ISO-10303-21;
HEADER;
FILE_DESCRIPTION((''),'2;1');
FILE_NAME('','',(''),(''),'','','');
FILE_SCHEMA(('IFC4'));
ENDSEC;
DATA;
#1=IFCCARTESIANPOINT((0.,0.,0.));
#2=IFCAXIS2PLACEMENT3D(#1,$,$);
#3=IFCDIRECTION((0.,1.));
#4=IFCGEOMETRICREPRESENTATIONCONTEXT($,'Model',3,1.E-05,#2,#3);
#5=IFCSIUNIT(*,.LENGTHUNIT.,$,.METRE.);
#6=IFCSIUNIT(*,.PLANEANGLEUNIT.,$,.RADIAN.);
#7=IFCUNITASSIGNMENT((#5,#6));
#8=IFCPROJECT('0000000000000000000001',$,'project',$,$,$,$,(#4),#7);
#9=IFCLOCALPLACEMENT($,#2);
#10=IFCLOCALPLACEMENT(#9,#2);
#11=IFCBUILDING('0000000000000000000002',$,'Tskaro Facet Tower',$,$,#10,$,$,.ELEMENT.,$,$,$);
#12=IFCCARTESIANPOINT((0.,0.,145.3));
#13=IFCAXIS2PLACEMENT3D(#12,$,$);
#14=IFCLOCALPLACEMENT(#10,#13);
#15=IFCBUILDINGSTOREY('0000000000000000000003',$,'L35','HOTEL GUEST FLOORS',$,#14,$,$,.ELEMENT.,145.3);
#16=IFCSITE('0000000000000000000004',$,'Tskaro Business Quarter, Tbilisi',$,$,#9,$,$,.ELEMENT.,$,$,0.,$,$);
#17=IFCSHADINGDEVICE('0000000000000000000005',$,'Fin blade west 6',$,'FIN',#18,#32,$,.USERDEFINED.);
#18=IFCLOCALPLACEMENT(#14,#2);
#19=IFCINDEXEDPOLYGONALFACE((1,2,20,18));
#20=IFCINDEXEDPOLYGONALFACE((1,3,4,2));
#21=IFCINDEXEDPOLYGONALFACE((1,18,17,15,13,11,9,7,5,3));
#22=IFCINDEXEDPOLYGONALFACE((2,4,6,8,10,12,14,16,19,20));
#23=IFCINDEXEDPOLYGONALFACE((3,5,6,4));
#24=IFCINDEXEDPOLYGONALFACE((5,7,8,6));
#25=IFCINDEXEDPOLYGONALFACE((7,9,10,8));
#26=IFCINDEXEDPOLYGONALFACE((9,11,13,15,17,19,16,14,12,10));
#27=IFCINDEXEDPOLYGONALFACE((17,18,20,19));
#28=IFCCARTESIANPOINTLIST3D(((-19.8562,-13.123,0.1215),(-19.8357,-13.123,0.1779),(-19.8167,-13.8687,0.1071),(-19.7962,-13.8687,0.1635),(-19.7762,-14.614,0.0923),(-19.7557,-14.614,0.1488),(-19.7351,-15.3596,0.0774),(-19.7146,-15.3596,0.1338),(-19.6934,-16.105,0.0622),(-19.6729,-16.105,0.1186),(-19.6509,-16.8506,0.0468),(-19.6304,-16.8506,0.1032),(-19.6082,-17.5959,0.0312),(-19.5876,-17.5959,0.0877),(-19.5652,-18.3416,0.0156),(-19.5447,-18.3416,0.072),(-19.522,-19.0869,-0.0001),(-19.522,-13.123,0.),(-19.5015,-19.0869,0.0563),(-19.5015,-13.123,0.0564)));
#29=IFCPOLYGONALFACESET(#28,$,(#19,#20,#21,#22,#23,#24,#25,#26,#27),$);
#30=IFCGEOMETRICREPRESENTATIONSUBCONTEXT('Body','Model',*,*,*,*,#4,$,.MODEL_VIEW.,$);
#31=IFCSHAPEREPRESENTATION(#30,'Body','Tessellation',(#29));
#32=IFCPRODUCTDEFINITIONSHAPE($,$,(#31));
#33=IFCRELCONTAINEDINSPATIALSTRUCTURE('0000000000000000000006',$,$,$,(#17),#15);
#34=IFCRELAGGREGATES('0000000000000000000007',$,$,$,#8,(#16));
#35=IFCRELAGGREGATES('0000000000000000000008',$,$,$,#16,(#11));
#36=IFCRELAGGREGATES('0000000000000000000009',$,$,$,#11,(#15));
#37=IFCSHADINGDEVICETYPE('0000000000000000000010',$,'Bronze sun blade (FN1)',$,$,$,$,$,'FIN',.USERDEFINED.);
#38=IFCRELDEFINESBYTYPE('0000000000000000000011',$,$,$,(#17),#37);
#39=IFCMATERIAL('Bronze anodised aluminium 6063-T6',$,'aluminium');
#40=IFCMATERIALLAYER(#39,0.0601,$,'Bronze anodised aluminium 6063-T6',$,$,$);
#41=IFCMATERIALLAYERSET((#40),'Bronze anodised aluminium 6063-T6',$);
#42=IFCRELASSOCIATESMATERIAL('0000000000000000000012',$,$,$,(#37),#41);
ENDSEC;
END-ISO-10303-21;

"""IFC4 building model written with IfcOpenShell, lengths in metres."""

from ifc_helpers import new_model, si_unit, direction, frame, origin, place, context, subcontext, project, spatial, polyline, outline, extrude, material, layer, layer_set, type_object, element, save


model = new_model("IFC4")

# Units and contexts
model_context = context("Model", 3, precision=1e-05, world=origin(), true_north=direction((0.0, 1.0)))
body_context = subcontext(model_context, "Body", "Model", "MODEL_VIEW")
ifc_project = project(units=[si_unit("LENGTHUNIT", "METRE"), si_unit("PLANEANGLEUNIT", "RADIAN")], contexts=[model_context])

# Site, building, storey
site_placement = place(None, origin())
site = spatial("IfcSite", under=ifc_project, at=site_placement, Name="Tskaro Business Quarter, Tbilisi", CompositionType="ELEMENT", RefElevation=0.0)
building_placement = place(site_placement, origin())
building = spatial("IfcBuilding", under=site, at=building_placement, Name="Tskaro Facet Tower", CompositionType="ELEMENT")
storey_placement = place(building_placement, frame((0.0, 0.0, 145.3)))
storey = spatial("IfcBuildingStorey", under=building, at=storey_placement, Name="L35", Description="HOTEL GUEST FLOORS", CompositionType="ELEMENT", Elevation=145.3)

# Shared definitions
ifc_material_1 = material(Name="Bronze anodised aluminium 6063-T6", Category="aluminium")

# Shading device
ifc_layer_1 = layer(ifc_material_1, 0.0601, Name="Bronze anodised aluminium 6063-T6")
ifc_layer_set_1 = layer_set([ifc_layer_1], Name="Bronze anodised aluminium 6063-T6")
shading_device_type = type_object("IfcShadingDeviceType", Name="Bronze sun blade (FN1)", ElementType="FIN", PredefinedType="USERDEFINED", material=ifc_layer_set_1)
shading_device_1_placement = place(storey_placement, frame((-19.5015, -13.123, 0.0564), z_axis=(0.341621, -0.000015, 0.939838), x_axis=(-0.000005, -1.0, -0.000014)))
element("IfcShadingDevice", 1, at=shading_device_1_placement, inside=storey, type_object=shading_device_type, Name="Fin blade west 6", ObjectType="FIN", PredefinedType="USERDEFINED", context=body_context, shape_type="SweptSolid", body=[
    extrude(outline(polyline([(0.0, 0.0), (5.9639, 0.0), (5.2185, -0.046), (4.4729, -0.0917), (3.7275, -0.1372), (2.9819, -0.1823), (2.2366, -0.2268), (1.491, -0.2705), (0.7456, -0.3136), (0.0, -0.3557), (0.0, 0.0)])), origin(), (0.0, 0.0, -1.0), 0.0601),
])

save(model, "model.ifc")
